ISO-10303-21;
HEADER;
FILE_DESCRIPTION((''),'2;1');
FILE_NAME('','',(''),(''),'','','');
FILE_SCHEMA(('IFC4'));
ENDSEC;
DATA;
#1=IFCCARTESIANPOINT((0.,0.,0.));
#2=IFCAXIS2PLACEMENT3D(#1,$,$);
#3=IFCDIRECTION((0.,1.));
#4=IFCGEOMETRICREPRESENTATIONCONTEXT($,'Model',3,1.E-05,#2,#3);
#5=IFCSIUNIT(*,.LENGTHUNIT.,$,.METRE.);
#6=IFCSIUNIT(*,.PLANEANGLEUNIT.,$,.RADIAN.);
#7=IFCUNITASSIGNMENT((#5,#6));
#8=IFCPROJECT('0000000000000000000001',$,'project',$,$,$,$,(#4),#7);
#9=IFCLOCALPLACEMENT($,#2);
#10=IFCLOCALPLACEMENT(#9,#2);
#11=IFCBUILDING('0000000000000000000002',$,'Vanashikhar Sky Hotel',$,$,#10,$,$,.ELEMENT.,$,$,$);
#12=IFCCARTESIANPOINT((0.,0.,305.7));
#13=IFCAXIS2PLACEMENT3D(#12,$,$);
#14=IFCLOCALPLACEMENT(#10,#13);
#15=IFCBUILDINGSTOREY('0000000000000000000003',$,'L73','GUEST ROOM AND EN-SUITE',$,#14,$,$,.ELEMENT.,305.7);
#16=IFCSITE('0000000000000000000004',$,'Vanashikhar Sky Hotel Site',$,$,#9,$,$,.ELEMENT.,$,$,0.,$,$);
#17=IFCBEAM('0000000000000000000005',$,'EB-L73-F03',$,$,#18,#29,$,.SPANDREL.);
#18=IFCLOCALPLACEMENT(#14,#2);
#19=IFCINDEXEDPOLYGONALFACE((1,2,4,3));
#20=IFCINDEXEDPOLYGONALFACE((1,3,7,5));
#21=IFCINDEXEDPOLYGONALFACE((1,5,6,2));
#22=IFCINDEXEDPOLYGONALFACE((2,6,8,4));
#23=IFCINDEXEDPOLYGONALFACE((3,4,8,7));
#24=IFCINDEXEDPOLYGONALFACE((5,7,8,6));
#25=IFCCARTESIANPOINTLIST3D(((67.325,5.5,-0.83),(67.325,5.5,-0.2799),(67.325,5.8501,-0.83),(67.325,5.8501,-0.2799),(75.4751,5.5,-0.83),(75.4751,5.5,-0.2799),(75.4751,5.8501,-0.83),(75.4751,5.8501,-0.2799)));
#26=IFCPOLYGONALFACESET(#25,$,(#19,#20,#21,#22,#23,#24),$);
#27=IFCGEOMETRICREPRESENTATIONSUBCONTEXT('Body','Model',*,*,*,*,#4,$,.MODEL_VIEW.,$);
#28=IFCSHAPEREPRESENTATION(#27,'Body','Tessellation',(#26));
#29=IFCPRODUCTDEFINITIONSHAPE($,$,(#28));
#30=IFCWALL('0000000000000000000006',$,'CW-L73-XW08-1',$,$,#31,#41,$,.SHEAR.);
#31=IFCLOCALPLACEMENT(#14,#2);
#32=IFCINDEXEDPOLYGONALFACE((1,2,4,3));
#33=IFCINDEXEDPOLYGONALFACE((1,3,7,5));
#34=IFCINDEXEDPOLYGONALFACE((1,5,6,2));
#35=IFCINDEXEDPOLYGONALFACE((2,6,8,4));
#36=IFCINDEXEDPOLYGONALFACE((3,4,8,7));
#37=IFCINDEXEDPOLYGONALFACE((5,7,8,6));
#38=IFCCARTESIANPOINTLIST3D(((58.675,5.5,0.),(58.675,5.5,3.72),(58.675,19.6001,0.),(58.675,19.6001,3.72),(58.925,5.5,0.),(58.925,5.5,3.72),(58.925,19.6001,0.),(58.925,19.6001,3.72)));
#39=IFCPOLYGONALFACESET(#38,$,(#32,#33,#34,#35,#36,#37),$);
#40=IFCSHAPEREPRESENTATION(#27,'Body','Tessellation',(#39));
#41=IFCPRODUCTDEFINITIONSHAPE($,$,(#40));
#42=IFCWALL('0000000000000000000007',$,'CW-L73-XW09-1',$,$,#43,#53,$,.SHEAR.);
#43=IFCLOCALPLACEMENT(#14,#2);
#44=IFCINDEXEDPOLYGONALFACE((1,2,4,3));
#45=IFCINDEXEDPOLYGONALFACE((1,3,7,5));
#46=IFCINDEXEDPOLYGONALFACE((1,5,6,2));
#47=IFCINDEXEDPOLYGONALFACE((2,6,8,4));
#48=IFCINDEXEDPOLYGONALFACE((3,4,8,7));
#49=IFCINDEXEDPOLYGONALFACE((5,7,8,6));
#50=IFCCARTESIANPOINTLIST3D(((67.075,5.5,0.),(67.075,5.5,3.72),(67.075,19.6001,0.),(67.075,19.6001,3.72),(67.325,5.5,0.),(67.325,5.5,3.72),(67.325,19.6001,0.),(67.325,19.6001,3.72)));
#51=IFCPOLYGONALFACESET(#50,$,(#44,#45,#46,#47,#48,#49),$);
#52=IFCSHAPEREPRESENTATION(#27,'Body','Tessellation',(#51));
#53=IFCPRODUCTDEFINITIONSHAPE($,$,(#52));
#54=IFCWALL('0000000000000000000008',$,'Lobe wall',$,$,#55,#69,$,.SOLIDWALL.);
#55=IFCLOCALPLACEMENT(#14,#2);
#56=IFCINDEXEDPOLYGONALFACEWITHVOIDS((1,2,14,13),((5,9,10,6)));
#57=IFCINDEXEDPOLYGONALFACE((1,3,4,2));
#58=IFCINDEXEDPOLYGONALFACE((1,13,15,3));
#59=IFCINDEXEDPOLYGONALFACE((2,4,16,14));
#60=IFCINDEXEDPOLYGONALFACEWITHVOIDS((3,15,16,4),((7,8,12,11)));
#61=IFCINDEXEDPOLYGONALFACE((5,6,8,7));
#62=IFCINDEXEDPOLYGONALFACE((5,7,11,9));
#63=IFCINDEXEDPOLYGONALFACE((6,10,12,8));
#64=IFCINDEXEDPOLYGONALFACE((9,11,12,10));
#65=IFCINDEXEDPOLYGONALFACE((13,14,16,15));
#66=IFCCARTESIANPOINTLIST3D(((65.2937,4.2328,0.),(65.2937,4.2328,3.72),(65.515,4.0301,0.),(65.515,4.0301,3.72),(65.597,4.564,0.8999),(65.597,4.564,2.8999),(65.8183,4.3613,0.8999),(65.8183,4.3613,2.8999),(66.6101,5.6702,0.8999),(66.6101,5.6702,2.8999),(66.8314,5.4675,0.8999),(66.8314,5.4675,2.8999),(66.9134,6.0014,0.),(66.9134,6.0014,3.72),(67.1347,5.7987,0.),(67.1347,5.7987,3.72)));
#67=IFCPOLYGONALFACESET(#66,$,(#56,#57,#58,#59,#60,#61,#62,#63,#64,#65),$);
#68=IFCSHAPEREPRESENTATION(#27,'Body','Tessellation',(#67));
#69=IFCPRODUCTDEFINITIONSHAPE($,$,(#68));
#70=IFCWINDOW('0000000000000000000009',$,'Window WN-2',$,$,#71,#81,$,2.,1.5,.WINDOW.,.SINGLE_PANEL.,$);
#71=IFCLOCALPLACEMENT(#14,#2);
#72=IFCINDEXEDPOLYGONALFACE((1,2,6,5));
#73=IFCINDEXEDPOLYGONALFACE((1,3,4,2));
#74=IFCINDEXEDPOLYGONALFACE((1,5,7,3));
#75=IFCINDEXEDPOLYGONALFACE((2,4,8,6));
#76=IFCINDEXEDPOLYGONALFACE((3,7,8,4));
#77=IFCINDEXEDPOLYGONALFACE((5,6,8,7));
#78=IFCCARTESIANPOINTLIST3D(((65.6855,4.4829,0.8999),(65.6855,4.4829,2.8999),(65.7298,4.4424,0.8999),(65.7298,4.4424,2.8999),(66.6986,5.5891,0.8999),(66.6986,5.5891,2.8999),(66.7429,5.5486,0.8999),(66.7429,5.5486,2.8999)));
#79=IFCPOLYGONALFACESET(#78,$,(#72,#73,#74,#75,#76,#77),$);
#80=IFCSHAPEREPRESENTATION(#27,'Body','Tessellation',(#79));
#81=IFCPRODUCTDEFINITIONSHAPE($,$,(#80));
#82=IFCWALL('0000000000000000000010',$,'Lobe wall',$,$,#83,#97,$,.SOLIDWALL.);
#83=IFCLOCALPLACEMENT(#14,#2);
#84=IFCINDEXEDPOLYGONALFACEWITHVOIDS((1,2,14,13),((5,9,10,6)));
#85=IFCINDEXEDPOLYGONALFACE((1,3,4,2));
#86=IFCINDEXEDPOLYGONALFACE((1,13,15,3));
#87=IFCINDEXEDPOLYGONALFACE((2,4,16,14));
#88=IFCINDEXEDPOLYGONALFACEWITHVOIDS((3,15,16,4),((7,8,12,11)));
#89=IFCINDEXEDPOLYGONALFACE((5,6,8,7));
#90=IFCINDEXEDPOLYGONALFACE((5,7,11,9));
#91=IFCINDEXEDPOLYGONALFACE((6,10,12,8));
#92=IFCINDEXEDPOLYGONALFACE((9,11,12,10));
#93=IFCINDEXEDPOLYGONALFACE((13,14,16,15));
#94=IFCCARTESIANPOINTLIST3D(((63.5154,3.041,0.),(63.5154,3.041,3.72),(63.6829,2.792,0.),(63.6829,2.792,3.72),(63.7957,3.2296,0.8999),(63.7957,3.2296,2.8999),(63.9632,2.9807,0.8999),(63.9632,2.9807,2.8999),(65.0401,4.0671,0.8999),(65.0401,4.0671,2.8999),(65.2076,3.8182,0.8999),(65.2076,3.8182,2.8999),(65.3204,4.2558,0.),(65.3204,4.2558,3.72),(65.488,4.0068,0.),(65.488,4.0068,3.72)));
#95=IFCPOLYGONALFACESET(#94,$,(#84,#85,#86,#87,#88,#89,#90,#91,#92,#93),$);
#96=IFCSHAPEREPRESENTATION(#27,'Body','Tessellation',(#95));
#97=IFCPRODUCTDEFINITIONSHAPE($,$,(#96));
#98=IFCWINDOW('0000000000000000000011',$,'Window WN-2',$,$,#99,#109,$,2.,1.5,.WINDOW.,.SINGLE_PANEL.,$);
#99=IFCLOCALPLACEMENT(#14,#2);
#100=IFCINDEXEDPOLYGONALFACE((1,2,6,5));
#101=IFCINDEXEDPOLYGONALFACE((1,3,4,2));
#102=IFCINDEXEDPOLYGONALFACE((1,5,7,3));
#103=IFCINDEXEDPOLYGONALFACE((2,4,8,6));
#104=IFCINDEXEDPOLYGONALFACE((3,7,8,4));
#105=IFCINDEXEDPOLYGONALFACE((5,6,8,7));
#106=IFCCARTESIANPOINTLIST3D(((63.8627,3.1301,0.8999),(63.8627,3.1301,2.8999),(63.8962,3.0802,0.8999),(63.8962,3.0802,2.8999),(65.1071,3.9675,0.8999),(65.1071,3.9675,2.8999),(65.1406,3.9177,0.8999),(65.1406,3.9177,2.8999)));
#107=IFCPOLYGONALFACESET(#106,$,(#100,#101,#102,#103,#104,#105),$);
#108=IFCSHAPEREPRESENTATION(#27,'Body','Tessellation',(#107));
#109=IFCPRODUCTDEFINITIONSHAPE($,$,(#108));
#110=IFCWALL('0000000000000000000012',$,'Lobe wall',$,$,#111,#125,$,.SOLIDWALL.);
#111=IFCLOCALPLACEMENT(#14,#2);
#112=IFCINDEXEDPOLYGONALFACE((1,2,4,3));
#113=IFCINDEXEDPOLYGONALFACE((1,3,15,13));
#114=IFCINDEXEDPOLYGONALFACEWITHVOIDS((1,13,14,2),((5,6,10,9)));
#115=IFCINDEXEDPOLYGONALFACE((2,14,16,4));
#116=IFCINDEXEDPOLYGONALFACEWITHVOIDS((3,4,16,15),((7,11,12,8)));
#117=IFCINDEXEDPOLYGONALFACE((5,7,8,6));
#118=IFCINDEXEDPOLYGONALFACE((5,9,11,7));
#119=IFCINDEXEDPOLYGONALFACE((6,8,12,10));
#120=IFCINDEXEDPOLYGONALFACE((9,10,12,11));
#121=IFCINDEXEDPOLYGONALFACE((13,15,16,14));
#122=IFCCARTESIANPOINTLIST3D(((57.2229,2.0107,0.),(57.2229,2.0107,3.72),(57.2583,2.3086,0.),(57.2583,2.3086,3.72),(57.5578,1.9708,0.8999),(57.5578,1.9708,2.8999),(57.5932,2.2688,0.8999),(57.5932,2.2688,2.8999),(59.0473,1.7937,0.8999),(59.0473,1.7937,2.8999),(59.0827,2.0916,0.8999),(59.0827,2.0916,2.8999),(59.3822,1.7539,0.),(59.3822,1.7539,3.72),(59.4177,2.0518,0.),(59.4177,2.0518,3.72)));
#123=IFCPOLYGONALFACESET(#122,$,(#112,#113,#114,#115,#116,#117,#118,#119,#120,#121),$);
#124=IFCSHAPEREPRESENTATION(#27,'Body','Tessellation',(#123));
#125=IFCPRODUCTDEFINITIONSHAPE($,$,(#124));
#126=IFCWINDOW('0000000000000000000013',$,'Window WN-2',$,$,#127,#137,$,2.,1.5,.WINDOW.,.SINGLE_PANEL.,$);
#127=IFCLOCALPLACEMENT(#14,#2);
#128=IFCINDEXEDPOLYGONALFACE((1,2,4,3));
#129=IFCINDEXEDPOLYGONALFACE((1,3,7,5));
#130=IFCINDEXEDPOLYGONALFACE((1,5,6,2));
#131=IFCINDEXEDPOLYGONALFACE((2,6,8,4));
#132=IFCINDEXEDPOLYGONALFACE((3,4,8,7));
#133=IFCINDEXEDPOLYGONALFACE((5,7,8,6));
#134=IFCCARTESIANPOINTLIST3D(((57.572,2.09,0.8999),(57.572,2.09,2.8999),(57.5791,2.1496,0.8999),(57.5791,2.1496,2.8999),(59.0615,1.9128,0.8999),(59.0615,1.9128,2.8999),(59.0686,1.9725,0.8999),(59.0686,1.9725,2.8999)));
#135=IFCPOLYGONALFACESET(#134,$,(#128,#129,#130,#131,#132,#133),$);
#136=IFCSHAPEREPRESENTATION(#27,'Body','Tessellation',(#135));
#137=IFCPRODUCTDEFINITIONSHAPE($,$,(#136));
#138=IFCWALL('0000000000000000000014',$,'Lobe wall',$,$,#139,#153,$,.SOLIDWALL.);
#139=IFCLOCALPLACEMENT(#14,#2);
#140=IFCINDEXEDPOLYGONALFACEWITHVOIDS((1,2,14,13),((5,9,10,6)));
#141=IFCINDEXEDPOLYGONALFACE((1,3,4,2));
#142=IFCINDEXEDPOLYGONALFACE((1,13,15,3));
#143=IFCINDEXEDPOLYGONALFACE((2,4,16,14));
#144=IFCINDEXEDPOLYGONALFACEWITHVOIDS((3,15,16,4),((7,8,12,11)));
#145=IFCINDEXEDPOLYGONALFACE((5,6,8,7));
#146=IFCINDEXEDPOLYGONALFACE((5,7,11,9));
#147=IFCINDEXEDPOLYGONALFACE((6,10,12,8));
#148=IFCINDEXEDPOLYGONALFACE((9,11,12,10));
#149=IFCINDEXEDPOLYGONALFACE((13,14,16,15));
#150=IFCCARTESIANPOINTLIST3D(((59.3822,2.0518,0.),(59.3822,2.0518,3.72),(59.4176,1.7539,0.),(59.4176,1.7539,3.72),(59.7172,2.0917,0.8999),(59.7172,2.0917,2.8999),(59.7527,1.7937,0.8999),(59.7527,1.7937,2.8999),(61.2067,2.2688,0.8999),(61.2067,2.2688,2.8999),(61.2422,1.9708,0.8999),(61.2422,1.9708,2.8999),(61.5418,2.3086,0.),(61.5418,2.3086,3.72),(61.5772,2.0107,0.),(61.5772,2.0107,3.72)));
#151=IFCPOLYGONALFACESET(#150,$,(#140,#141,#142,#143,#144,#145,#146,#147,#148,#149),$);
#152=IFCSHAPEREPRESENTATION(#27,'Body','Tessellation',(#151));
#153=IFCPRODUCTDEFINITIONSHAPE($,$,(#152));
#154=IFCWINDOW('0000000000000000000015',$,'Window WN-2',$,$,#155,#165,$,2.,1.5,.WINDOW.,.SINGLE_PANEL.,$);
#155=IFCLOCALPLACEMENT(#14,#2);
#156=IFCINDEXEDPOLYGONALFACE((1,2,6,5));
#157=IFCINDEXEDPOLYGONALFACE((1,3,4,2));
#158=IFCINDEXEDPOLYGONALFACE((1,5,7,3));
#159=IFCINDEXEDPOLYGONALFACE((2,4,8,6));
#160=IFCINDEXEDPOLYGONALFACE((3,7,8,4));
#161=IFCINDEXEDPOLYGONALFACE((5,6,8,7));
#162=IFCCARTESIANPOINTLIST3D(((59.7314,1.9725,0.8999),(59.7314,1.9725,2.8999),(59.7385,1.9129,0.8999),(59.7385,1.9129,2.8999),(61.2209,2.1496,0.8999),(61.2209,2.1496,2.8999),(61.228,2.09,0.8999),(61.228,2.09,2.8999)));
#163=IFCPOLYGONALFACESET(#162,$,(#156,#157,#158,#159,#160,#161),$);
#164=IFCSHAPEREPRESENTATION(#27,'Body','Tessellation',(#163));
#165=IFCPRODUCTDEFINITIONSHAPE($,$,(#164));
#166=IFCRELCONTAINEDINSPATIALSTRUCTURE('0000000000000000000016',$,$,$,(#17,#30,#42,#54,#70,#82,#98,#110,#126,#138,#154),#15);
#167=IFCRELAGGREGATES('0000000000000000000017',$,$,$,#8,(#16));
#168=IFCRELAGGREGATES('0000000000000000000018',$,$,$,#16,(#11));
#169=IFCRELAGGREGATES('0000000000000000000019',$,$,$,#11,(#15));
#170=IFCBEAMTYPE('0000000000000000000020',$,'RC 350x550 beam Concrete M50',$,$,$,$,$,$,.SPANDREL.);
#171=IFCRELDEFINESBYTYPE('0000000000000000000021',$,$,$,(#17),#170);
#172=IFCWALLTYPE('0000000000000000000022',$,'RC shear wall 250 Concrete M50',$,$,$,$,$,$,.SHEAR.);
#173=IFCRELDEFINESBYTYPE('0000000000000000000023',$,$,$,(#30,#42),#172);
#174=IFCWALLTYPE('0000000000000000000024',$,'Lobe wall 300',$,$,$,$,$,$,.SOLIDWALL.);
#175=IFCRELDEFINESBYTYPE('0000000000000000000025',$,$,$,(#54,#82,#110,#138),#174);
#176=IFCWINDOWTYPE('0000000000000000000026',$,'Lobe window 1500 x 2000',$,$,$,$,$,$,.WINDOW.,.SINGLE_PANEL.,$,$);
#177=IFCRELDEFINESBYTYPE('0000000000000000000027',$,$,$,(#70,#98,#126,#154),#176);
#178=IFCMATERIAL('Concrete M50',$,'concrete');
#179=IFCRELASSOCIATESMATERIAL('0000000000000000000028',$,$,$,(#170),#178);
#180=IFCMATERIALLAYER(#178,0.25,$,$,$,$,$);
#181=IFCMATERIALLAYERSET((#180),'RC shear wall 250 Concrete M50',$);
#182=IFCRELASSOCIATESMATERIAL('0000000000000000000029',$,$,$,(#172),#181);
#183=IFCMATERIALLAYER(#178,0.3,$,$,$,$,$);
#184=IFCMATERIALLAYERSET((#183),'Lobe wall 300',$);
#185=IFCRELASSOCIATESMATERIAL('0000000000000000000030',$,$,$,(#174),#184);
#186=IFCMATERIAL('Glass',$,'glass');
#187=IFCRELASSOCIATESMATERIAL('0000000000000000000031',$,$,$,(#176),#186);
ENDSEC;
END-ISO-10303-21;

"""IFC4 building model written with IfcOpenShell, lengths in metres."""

from ifc_helpers import new_model, si_unit, direction, frame, frame_2d, origin, origin_2d, place, context, subcontext, project, spatial, rectangle, extrude, source, transform, mapped, material, layer, layer_set, material_profile, profile_set, type_object, element, fill, save


model = new_model("IFC4")

# Units and contexts
model_context = context("Model", 3, precision=1e-05, world=origin(), true_north=direction((0.0, 1.0)))
body_context = subcontext(model_context, "Body", "Model", "MODEL_VIEW")
ifc_project = project(units=[si_unit("LENGTHUNIT", "METRE"), si_unit("PLANEANGLEUNIT", "RADIAN")], contexts=[model_context])

# Site, building, storey
site_placement = place(None, origin())
site = spatial("IfcSite", under=ifc_project, at=site_placement, Name="Vanashikhar Sky Hotel Site", CompositionType="ELEMENT", RefElevation=0.0)
building_placement = place(site_placement, origin())
building = spatial("IfcBuilding", under=site, at=building_placement, Name="Vanashikhar Sky Hotel", CompositionType="ELEMENT")
storey_placement = place(building_placement, frame((0.0, 0.0, 305.7)))
storey = spatial("IfcBuildingStorey", under=building, at=storey_placement, Name="L73", Description="GUEST ROOM AND EN-SUITE", CompositionType="ELEMENT", Elevation=305.7)

# Beam
ifc_material_1 = material(Name="Concrete M50", Category="concrete")
ifc_material_profile_1 = material_profile(ifc_material_1, rectangle(XDim=0.3501, YDim=0.55, at=origin_2d()))
ifc_profile_set_1 = profile_set([ifc_material_profile_1], Name="RC 350x550 beam Concrete M50")
beam_type = type_object("IfcBeamType", Name="RC 350x550 beam Concrete M50", PredefinedType="SPANDREL", material=ifc_profile_set_1)
shared_shape_1 = source(origin(), body_context, "Body", "SweptSolid", [
    extrude(rectangle(XDim=0.3501, YDim=0.55, at=origin_2d()), origin(), (0.0, 0.0, 1.0), 8.1501),
])
beam_placement = place(storey_placement, frame((67.325, 5.675, -0.5549), z_axis=(1.0, 0.0, 0.0), x_axis=(0.0, 1.0, 0.0)))
element("IfcBeam", 1, at=beam_placement, inside=storey, type_object=beam_type, Name="EB-L73-F03", PredefinedType="SPANDREL", context=body_context, shape_type="MappedRepresentation", body=[
    mapped(shared_shape_1, transform((0.0, 0.0, 0.0), scale=1.0)),
])

# Walls
ifc_layer_1 = layer(ifc_material_1, 0.25)
ifc_layer_set_1 = layer_set([ifc_layer_1], Name="RC shear wall 250 Concrete M50")
wall_type_1 = type_object("IfcWallType", Name="RC shear wall 250 Concrete M50", PredefinedType="SHEAR", material=ifc_layer_set_1)
shared_shape_2 = source(origin(), body_context, "Body", "SweptSolid", [
    extrude(rectangle(XDim=14.1001, YDim=0.25, at=frame_2d((7.05, 0.0))), origin(), (0.0, 0.0, 1.0), 3.72),
])
for number, where, z_axis, x_axis, name in (
    (2, (58.8, 5.5, 0.0), (0.0, 0.0, 1.0), (0.0, 1.0, 0.0), "CW-L73-XW08-1"),
    (3, (67.2, 5.5, 0.0), (0.0, 0.0, 1.0), (0.0, 1.0, 0.0), "CW-L73-XW09-1"),
):
    element("IfcWall", number, at=place(storey_placement, frame(where, z_axis=z_axis, x_axis=x_axis)), inside=storey, type_object=wall_type_1, Name=name, PredefinedType="SHEAR", context=body_context, shape_type="MappedRepresentation", body=[
        mapped(shared_shape_2, transform((0.0, 0.0, 0.0), scale=1.0)),
    ])

# Shared definitions
ifc_material_2 = material(Name="Glass", Category="glass")

# Walls, openings, windows
ifc_layer_2 = layer(ifc_material_1, 0.3)
ifc_layer_set_2 = layer_set([ifc_layer_2], Name="Lobe wall 300")
wall_type_2 = type_object("IfcWallType", Name="Lobe wall 300", PredefinedType="SOLIDWALL", material=ifc_layer_set_2)
shared_shape_3 = source(origin(), body_context, "Body", "SweptSolid", [
    extrude(rectangle(XDim=2.3982, YDim=0.3, at=frame_2d((1.1992, 0.0))), origin(), (0.0, 0.0, 1.0), 3.72),
])
wall_1_placement = place(storey_placement, frame((65.4043, 4.1313, 0.0), z_axis=(0.0, 0.0, 1.0), x_axis=(0.675374, 0.737475, 0.0)))
wall_1 = element("IfcWall", 4, at=wall_1_placement, inside=storey, type_object=wall_type_2, Name="Lobe wall", PredefinedType="SOLIDWALL", context=body_context, shape_type="MappedRepresentation", body=[
    mapped(shared_shape_3, transform((0.0, 0.0, 0.0), scale=1.0)),
])
shared_shape_4 = source(origin(), body_context, "Body", "SweptSolid", [
    extrude(rectangle(XDim=1.5, YDim=2.0, at=frame_2d((0.75, 1.0))), frame((0.0, 0.1602, 0.0), z_axis=(0.0, -1.0, 0.0), x_axis=(1.0, 0.0, 0.0)), (0.0, 0.0, 1.0), 0.3201),
])
opening_1_placement = place(wall_1_placement, frame((0.4492, 0.0, 0.8999)))
opening_1 = element("IfcOpeningElement", 5, at=opening_1_placement, cuts=wall_1, PredefinedType="OPENING", context=body_context, shape_type="MappedRepresentation", body=[
    mapped(shared_shape_4, transform((0.0, 0.0, 0.0), scale=1.0)),
])
window_type_1 = type_object("IfcWindowType", Name="Lobe window 1500 x 2000", PartitioningType="SINGLE_PANEL", PredefinedType="WINDOW", material=ifc_material_2)
shared_shape_5 = source(origin(), body_context, "Body", "SweptSolid", [
    extrude(rectangle(XDim=1.5, YDim=2.0, at=frame_2d((0.75, 1.0))), frame((0.0, 0.03, 0.0), z_axis=(0.0, -1.0, 0.0), x_axis=(1.0, 0.0, 0.0)), (0.0, 0.0, 1.0), 0.0601),
])
window_1_placement = place(opening_1_placement, origin())
window_1 = element("IfcWindow", 6, at=window_1_placement, inside=storey, type_object=window_type_1, Name="Window WN-2", OverallHeight=2.0, OverallWidth=1.5, PartitioningType="SINGLE_PANEL", PredefinedType="WINDOW", context=body_context, shape_type="MappedRepresentation", body=[
    mapped(shared_shape_5, transform((0.0, 0.0, 0.0), scale=1.0)),
])
fill(opening_1, window_1)
shared_shape_6 = source(origin(), body_context, "Body", "SweptSolid", [
    extrude(rectangle(XDim=2.1758, YDim=0.3, at=frame_2d((1.0879, 0.0))), origin(), (0.0, 0.0, 1.0), 3.72),
])
wall_2_placement = place(storey_placement, frame((63.5991, 2.9165, 0.0), z_axis=(0.0, 0.0, 1.0), x_axis=(0.829626, 0.55832, 0.0)))
wall_2 = element("IfcWall", 7, at=wall_2_placement, inside=storey, type_object=wall_type_2, Name="Lobe wall", PredefinedType="SOLIDWALL", context=body_context, shape_type="MappedRepresentation", body=[
    mapped(shared_shape_6, transform((0.0, 0.0, 0.0), scale=1.0)),
])
opening_2_placement = place(wall_2_placement, frame((0.3379, 0.0, 0.8999)))
opening_2 = element("IfcOpeningElement", 8, at=opening_2_placement, cuts=wall_2, PredefinedType="OPENING", context=body_context, shape_type="MappedRepresentation", body=[
    mapped(shared_shape_4, transform((0.0, 0.0, 0.0), scale=1.0)),
])
window_2_placement = place(opening_2_placement, origin())
window_2 = element("IfcWindow", 9, at=window_2_placement, inside=storey, type_object=window_type_1, Name="Window WN-2", OverallHeight=2.0, OverallWidth=1.5, PartitioningType="SINGLE_PANEL", PredefinedType="WINDOW", context=body_context, shape_type="MappedRepresentation", body=[
    mapped(shared_shape_5, transform((0.0, 0.0, 0.0), scale=1.0)),
])
fill(opening_2, window_2)
shared_shape_7 = source(origin(), body_context, "Body", "SweptSolid", [
    extrude(rectangle(XDim=2.1746, YDim=0.3, at=frame_2d((1.0874, 0.0))), origin(), (0.0, 0.0, 1.0), 3.72),
])
wall_3_placement = place(storey_placement, frame((57.2405, 2.1597, 0.0), z_axis=(0.0, 0.0, 1.0), x_axis=(0.993001, -0.118105, 0.0)))
wall_3 = element("IfcWall", 10, at=wall_3_placement, inside=storey, type_object=wall_type_2, Name="Lobe wall", PredefinedType="SOLIDWALL", context=body_context, shape_type="MappedRepresentation", body=[
    mapped(shared_shape_7, transform((0.0, 0.0, 0.0), scale=1.0)),
])
opening_3_placement = place(wall_3_placement, frame((0.3374, 0.0, 0.8999)))
opening_3 = element("IfcOpeningElement", 11, at=opening_3_placement, cuts=wall_3, PredefinedType="OPENING", context=body_context, shape_type="MappedRepresentation", body=[
    mapped(shared_shape_4, transform((0.0, 0.0, 0.0), scale=1.0)),
])
window_3_placement = place(opening_3_placement, origin())
window_3 = element("IfcWindow", 12, at=window_3_placement, inside=storey, type_object=window_type_1, Name="Window WN-2", OverallHeight=2.0, OverallWidth=1.5, PartitioningType="SINGLE_PANEL", PredefinedType="WINDOW", context=body_context, shape_type="MappedRepresentation", body=[
    mapped(shared_shape_5, transform((0.0, 0.0, 0.0), scale=1.0)),
])
fill(opening_3, window_3)
shared_shape_8 = source(origin(), body_context, "Body", "SweptSolid", [
    extrude(rectangle(XDim=2.1748, YDim=0.3, at=frame_2d((1.0874, 0.0))), origin(), (0.0, 0.0, 1.0), 3.72),
])
wall_4_placement = place(storey_placement, frame((59.3999, 1.9028, 0.0), z_axis=(0.0, 0.0, 1.0), x_axis=(0.993003, 0.118092, 0.0)))
wall_4 = element("IfcWall", 13, at=wall_4_placement, inside=storey, type_object=wall_type_2, Name="Lobe wall", PredefinedType="SOLIDWALL", context=body_context, shape_type="MappedRepresentation", body=[
    mapped(shared_shape_8, transform((0.0, 0.0, 0.0), scale=1.0)),
])
opening_4_placement = place(wall_4_placement, frame((0.3374, 0.0, 0.8999)))
opening_4 = element("IfcOpeningElement", 14, at=opening_4_placement, cuts=wall_4, PredefinedType="OPENING", context=body_context, shape_type="MappedRepresentation", body=[
    mapped(shared_shape_4, transform((0.0, 0.0, 0.0), scale=1.0)),
])
window_4_placement = place(opening_4_placement, origin())
window_4 = element("IfcWindow", 15, at=window_4_placement, inside=storey, type_object=window_type_1, Name="Window WN-2", OverallHeight=2.0, OverallWidth=1.5, PartitioningType="SINGLE_PANEL", PredefinedType="WINDOW", context=body_context, shape_type="MappedRepresentation", body=[
    mapped(shared_shape_5, transform((0.0, 0.0, 0.0), scale=1.0)),
])
fill(opening_4, window_4)

save(model, "model.ifc")
